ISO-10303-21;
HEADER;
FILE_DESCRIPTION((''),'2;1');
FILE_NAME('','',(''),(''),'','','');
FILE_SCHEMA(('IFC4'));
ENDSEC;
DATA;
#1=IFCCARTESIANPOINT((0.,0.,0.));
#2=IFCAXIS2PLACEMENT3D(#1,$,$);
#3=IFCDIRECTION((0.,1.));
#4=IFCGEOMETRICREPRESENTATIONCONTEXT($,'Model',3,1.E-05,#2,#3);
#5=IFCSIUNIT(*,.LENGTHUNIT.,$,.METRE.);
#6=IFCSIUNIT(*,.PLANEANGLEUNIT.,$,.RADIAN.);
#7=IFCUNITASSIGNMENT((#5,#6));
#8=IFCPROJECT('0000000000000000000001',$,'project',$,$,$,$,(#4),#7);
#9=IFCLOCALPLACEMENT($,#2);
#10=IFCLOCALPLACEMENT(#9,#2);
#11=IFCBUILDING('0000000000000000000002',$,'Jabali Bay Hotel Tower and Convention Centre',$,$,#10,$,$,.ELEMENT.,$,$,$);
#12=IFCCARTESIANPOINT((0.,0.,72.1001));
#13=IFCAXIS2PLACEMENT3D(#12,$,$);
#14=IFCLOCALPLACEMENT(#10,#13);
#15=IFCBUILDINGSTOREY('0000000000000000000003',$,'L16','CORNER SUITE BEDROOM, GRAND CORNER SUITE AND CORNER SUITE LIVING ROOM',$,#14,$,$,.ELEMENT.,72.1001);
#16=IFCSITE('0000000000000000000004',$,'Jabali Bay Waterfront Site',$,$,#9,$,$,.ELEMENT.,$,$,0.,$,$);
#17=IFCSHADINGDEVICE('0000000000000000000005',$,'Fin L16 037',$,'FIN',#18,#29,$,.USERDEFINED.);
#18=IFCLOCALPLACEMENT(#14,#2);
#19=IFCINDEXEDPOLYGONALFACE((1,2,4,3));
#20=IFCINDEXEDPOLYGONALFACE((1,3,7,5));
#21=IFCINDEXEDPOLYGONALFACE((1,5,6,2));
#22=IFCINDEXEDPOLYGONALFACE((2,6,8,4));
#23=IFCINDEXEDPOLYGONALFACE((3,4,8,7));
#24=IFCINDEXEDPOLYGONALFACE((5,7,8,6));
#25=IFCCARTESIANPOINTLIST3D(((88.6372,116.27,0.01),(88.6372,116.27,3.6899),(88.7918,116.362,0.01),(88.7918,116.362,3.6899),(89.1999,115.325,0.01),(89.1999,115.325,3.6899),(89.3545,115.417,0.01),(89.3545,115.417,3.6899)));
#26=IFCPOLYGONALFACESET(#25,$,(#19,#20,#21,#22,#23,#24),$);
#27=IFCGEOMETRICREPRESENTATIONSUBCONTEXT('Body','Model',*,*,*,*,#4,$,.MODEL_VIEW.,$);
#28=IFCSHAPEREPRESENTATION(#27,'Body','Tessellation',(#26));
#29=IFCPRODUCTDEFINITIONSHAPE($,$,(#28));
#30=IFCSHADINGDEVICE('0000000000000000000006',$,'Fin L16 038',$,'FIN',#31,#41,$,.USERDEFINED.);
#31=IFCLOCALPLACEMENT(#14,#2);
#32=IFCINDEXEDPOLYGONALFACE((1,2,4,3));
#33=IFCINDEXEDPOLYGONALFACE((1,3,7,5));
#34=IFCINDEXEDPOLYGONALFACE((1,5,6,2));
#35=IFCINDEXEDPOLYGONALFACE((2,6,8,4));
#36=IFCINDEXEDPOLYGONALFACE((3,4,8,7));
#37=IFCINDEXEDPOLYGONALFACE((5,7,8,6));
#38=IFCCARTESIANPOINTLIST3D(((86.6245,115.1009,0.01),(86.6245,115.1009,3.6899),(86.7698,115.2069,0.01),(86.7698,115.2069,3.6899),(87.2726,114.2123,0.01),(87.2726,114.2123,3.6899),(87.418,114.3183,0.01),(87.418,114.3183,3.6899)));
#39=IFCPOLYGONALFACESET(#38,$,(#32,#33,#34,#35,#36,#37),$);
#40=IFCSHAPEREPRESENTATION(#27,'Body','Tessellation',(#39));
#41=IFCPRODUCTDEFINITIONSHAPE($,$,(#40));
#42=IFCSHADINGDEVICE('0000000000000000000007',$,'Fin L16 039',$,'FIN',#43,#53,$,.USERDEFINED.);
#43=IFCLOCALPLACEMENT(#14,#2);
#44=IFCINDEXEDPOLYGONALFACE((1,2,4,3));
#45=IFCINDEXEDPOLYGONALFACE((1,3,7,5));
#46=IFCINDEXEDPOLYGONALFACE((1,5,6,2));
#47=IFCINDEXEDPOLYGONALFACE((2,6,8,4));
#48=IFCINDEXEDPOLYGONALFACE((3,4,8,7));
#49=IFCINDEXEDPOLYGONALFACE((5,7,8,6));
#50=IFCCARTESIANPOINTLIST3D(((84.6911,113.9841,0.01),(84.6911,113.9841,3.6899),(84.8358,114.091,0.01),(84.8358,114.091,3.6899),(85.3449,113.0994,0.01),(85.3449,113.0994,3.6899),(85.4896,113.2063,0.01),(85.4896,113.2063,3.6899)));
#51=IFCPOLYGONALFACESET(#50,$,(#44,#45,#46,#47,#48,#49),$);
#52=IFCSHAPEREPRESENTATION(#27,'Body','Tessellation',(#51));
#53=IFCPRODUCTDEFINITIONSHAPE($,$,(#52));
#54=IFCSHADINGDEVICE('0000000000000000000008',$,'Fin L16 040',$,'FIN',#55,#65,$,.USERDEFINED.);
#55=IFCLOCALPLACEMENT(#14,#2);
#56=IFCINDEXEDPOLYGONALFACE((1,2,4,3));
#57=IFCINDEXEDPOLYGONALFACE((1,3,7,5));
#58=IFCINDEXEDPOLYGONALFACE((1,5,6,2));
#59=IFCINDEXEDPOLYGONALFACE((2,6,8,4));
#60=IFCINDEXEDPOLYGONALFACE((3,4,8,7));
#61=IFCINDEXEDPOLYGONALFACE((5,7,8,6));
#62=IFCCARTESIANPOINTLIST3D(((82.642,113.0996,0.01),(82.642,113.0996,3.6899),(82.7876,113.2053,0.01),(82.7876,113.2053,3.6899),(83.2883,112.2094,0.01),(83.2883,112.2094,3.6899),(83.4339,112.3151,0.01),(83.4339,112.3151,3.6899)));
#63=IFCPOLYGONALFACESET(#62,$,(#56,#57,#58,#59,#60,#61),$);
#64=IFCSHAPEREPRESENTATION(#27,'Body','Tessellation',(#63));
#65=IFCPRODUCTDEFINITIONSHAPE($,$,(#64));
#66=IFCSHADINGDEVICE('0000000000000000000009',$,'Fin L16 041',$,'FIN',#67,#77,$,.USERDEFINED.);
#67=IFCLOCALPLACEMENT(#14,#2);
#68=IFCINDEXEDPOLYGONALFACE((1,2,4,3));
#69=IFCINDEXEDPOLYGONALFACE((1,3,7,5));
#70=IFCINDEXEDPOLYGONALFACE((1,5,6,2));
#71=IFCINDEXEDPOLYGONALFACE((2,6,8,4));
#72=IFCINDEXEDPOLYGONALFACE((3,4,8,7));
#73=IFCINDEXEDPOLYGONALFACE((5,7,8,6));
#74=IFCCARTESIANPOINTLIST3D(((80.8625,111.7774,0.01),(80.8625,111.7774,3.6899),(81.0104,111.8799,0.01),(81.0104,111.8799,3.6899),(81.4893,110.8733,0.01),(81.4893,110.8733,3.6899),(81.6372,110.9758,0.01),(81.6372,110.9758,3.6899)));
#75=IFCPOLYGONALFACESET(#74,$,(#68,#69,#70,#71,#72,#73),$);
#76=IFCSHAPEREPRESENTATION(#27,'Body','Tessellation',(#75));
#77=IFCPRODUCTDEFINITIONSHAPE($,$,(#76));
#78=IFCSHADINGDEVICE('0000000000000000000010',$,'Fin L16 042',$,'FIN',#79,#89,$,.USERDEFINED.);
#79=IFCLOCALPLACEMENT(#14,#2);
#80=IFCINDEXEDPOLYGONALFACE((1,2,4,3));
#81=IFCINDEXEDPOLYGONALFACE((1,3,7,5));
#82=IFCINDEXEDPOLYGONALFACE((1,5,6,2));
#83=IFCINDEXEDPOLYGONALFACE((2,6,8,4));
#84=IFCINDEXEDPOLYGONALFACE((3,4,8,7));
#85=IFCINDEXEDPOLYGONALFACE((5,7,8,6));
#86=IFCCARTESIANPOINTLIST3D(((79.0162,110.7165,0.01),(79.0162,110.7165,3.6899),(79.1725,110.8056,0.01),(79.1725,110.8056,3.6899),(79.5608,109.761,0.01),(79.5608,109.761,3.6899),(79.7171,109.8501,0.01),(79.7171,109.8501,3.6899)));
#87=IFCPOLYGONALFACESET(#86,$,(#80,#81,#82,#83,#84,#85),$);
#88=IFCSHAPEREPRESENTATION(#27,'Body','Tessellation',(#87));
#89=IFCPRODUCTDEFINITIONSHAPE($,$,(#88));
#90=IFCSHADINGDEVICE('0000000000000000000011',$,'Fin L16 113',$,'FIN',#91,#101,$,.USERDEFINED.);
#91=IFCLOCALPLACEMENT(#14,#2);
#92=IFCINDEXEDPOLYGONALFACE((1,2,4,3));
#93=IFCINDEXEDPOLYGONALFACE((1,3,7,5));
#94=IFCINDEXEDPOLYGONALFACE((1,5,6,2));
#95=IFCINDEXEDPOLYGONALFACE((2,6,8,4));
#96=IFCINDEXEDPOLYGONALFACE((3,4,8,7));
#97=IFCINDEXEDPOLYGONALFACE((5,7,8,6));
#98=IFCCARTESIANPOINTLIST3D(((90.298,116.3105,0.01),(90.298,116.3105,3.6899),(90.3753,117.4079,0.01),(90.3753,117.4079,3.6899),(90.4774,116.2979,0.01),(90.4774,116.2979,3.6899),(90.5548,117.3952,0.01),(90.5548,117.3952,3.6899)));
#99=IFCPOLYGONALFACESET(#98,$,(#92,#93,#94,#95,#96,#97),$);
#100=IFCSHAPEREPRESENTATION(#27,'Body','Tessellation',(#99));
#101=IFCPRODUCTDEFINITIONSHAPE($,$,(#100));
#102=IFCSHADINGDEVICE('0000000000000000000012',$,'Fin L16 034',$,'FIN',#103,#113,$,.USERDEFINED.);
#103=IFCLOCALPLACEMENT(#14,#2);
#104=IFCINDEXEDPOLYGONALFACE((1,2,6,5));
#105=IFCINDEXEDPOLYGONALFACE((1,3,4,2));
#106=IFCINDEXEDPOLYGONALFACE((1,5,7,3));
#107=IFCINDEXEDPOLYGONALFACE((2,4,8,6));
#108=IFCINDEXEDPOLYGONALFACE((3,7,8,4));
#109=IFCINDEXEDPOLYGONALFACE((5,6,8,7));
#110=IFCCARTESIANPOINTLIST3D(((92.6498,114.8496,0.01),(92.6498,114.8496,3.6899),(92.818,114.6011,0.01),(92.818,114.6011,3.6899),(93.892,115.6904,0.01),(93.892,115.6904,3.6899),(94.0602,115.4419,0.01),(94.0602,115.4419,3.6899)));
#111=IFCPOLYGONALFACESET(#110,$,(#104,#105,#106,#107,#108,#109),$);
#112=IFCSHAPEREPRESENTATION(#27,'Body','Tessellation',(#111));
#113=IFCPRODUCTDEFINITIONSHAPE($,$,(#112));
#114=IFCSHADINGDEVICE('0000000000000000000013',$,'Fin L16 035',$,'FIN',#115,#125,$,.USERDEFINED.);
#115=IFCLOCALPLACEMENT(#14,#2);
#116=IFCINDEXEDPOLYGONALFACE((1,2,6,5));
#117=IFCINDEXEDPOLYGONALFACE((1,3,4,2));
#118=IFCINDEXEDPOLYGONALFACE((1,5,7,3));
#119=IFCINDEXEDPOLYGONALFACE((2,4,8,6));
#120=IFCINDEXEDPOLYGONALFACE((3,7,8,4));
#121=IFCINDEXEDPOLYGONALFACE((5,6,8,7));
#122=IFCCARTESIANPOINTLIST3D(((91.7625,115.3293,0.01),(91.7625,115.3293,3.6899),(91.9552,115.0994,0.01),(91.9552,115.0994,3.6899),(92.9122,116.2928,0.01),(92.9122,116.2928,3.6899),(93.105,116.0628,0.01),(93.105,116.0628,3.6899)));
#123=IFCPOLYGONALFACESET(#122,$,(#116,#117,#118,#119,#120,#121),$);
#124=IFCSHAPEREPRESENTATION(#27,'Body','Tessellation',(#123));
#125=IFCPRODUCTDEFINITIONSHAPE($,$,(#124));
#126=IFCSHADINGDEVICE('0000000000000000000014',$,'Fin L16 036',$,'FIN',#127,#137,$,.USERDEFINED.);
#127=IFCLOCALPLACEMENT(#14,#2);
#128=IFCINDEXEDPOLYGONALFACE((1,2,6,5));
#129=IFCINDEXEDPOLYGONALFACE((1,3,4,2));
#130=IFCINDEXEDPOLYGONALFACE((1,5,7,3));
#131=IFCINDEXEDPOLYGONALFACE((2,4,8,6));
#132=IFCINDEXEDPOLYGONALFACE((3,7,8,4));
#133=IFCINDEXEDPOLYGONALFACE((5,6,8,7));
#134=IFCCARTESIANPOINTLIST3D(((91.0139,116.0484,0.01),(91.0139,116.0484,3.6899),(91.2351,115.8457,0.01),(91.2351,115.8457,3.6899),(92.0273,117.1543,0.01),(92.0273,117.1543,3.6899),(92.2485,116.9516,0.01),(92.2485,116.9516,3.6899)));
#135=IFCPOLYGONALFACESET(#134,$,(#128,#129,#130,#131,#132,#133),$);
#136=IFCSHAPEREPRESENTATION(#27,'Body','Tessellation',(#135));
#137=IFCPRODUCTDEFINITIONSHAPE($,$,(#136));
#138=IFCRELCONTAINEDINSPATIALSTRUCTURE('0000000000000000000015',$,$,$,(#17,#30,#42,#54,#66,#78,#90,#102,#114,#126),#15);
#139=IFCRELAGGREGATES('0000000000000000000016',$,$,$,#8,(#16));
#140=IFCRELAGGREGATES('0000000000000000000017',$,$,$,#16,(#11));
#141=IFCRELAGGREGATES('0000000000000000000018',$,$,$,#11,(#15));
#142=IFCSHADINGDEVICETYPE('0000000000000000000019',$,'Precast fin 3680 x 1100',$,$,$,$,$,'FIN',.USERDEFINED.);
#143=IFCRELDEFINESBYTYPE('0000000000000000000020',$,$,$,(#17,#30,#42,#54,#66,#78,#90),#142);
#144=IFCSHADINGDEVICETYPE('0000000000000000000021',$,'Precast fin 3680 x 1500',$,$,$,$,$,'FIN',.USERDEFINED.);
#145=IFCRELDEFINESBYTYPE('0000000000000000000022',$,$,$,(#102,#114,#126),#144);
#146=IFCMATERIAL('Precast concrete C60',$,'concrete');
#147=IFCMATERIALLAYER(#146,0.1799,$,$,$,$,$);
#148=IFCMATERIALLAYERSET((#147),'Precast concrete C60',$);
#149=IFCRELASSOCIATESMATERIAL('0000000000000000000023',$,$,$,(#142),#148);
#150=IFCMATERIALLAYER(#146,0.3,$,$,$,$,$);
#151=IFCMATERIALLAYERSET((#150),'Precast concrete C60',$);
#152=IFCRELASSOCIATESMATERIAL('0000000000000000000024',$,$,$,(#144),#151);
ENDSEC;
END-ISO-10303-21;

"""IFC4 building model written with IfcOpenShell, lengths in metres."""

from ifc_helpers import new_model, si_unit, direction, frame, frame_2d, origin, place, context, subcontext, project, spatial, rectangle, extrude, material, layer, layer_set, type_object, element, save


model = new_model("IFC4")

# Units and contexts
model_context = context("Model", 3, precision=1e-05, world=origin(), true_north=direction((0.0, 1.0)))
body_context = subcontext(model_context, "Body", "Model", "MODEL_VIEW")
ifc_project = project(units=[si_unit("LENGTHUNIT", "METRE"), si_unit("PLANEANGLEUNIT", "RADIAN")], contexts=[model_context])

# Site, building, storey
site_placement = place(None, origin())
site = spatial("IfcSite", under=ifc_project, at=site_placement, Name="Jabali Bay Waterfront Site", CompositionType="ELEMENT", RefElevation=0.0)
building_placement = place(site_placement, origin())
building = spatial("IfcBuilding", under=site, at=building_placement, Name="Jabali Bay Hotel Tower and Convention Centre", CompositionType="ELEMENT")
storey_placement = place(building_placement, frame((0.0, 0.0, 72.1001)))
storey = spatial("IfcBuildingStorey", under=building, at=storey_placement, Name="L16", Description="CORNER SUITE BEDROOM, GRAND CORNER SUITE AND CORNER SUITE LIVING ROOM", CompositionType="ELEMENT", Elevation=72.1001)

# Shading devices
ifc_material_1 = material(Name="Precast concrete C60", Category="concrete")
ifc_layer_1 = layer(ifc_material_1, 0.1799)
ifc_layer_set_1 = layer_set([ifc_layer_1], Name="Precast concrete C60")
shading_device_type_1 = type_object("IfcShadingDeviceType", Name="Precast fin 3680 x 1100", ElementType="FIN", PredefinedType="USERDEFINED", material=ifc_layer_set_1)
for number, where, z_axis, x_axis, name in (
    (1, (89.2771, 115.3711, 0.01), (0.0, 0.0, 1.0), (-0.51162, 0.859212, 0.0), "Fin L16 037"),
    (2, (87.3452, 114.2654, 0.01), (0.0, 0.0, 1.0), (-0.589293, 0.807919, 0.0), "Fin L16 038"),
):
    element("IfcShadingDevice", number, at=place(storey_placement, frame(where, z_axis=z_axis, x_axis=x_axis)), inside=storey, type_object=shading_device_type_1, Name=name, ObjectType="FIN", PredefinedType="USERDEFINED", context=body_context, shape_type="SweptSolid", body=[
        extrude(rectangle(XDim=1.0999, YDim=0.1799, at=frame_2d((0.5498, 0.0))), origin(), (0.0, 0.0, 1.0), 3.6799),
    ])
for number, where, z_axis, x_axis, name in (
    (3, (85.4172, 113.1528, 0.01), (0.0, 0.0, 1.0), (-0.594304, 0.804241, 0.0), "Fin L16 039"),
    (4, (83.3611, 112.2622, 0.01), (0.0, 0.0, 1.0), (-0.587498, 0.809225, 0.0), "Fin L16 040"),
    (5, (81.5632, 110.9246, 0.01), (0.0, 0.0, 1.0), (-0.569718, 0.82184, 0.0), "Fin L16 041"),
):
    element("IfcShadingDevice", number, at=place(storey_placement, frame(where, z_axis=z_axis, x_axis=x_axis)), inside=storey, type_object=shading_device_type_1, Name=name, ObjectType="FIN", PredefinedType="USERDEFINED", context=body_context, shape_type="SweptSolid", body=[
        extrude(rectangle(XDim=1.1001, YDim=0.1799, at=frame_2d((0.55, 0.0))), origin(), (0.0, 0.0, 1.0), 3.6799),
    ])
shading_device_1_placement = place(storey_placement, frame((79.6389, 109.8057, 0.01), z_axis=(0.0, 0.0, 1.0), x_axis=(-0.495206, 0.868775, 0.0)))
element("IfcShadingDevice", 6, at=shading_device_1_placement, inside=storey, type_object=shading_device_type_1, Name="Fin L16 042", ObjectType="FIN", PredefinedType="USERDEFINED", context=body_context, shape_type="SweptSolid", body=[
    extrude(rectangle(XDim=1.0999, YDim=0.1799, at=frame_2d((0.5498, 0.0))), origin(), (0.0, 0.0, 1.0), 3.6799),
])
shading_device_2_placement = place(storey_placement, frame((90.3877, 116.3042, 0.01), z_axis=(0.0, 0.0, 1.0), x_axis=(0.070348, 0.997523, 0.0)))
element("IfcShadingDevice", 7, at=shading_device_2_placement, inside=storey, type_object=shading_device_type_1, Name="Fin L16 113", ObjectType="FIN", PredefinedType="USERDEFINED", context=body_context, shape_type="SweptSolid", body=[
    extrude(rectangle(XDim=1.1001, YDim=0.1799, at=frame_2d((0.55, 0.0))), origin(), (0.0, 0.0, 1.0), 3.6799),
])
ifc_layer_2 = layer(ifc_material_1, 0.3)
ifc_layer_set_2 = layer_set([ifc_layer_2], Name="Precast concrete C60")
shading_device_type_2 = type_object("IfcShadingDeviceType", Name="Precast fin 3680 x 1500", ElementType="FIN", PredefinedType="USERDEFINED", material=ifc_layer_set_2)
for number, where, z_axis, x_axis, name in (
    (8, (92.7339, 114.7253, 0.01), (0.0, 0.0, 1.0), (0.828123, 0.560546, 0.0), "Fin L16 034"),
    (9, (91.8589, 115.2144, 0.01), (0.0, 0.0, 1.0), (0.766471, 0.642279, 0.0), "Fin L16 035"),
    (10, (91.1245, 115.947, 0.01), (0.0, 0.0, 1.0), (0.675592, 0.737276, 0.0), "Fin L16 036"),
):
    element("IfcShadingDevice", number, at=place(storey_placement, frame(where, z_axis=z_axis, x_axis=x_axis)), inside=storey, type_object=shading_device_type_2, Name=name, ObjectType="FIN", PredefinedType="USERDEFINED", context=body_context, shape_type="SweptSolid", body=[
        extrude(rectangle(XDim=1.5, YDim=0.3, at=frame_2d((0.75, 0.0))), origin(), (0.0, 0.0, 1.0), 3.6799),
    ])

save(model, "model.ifc")
